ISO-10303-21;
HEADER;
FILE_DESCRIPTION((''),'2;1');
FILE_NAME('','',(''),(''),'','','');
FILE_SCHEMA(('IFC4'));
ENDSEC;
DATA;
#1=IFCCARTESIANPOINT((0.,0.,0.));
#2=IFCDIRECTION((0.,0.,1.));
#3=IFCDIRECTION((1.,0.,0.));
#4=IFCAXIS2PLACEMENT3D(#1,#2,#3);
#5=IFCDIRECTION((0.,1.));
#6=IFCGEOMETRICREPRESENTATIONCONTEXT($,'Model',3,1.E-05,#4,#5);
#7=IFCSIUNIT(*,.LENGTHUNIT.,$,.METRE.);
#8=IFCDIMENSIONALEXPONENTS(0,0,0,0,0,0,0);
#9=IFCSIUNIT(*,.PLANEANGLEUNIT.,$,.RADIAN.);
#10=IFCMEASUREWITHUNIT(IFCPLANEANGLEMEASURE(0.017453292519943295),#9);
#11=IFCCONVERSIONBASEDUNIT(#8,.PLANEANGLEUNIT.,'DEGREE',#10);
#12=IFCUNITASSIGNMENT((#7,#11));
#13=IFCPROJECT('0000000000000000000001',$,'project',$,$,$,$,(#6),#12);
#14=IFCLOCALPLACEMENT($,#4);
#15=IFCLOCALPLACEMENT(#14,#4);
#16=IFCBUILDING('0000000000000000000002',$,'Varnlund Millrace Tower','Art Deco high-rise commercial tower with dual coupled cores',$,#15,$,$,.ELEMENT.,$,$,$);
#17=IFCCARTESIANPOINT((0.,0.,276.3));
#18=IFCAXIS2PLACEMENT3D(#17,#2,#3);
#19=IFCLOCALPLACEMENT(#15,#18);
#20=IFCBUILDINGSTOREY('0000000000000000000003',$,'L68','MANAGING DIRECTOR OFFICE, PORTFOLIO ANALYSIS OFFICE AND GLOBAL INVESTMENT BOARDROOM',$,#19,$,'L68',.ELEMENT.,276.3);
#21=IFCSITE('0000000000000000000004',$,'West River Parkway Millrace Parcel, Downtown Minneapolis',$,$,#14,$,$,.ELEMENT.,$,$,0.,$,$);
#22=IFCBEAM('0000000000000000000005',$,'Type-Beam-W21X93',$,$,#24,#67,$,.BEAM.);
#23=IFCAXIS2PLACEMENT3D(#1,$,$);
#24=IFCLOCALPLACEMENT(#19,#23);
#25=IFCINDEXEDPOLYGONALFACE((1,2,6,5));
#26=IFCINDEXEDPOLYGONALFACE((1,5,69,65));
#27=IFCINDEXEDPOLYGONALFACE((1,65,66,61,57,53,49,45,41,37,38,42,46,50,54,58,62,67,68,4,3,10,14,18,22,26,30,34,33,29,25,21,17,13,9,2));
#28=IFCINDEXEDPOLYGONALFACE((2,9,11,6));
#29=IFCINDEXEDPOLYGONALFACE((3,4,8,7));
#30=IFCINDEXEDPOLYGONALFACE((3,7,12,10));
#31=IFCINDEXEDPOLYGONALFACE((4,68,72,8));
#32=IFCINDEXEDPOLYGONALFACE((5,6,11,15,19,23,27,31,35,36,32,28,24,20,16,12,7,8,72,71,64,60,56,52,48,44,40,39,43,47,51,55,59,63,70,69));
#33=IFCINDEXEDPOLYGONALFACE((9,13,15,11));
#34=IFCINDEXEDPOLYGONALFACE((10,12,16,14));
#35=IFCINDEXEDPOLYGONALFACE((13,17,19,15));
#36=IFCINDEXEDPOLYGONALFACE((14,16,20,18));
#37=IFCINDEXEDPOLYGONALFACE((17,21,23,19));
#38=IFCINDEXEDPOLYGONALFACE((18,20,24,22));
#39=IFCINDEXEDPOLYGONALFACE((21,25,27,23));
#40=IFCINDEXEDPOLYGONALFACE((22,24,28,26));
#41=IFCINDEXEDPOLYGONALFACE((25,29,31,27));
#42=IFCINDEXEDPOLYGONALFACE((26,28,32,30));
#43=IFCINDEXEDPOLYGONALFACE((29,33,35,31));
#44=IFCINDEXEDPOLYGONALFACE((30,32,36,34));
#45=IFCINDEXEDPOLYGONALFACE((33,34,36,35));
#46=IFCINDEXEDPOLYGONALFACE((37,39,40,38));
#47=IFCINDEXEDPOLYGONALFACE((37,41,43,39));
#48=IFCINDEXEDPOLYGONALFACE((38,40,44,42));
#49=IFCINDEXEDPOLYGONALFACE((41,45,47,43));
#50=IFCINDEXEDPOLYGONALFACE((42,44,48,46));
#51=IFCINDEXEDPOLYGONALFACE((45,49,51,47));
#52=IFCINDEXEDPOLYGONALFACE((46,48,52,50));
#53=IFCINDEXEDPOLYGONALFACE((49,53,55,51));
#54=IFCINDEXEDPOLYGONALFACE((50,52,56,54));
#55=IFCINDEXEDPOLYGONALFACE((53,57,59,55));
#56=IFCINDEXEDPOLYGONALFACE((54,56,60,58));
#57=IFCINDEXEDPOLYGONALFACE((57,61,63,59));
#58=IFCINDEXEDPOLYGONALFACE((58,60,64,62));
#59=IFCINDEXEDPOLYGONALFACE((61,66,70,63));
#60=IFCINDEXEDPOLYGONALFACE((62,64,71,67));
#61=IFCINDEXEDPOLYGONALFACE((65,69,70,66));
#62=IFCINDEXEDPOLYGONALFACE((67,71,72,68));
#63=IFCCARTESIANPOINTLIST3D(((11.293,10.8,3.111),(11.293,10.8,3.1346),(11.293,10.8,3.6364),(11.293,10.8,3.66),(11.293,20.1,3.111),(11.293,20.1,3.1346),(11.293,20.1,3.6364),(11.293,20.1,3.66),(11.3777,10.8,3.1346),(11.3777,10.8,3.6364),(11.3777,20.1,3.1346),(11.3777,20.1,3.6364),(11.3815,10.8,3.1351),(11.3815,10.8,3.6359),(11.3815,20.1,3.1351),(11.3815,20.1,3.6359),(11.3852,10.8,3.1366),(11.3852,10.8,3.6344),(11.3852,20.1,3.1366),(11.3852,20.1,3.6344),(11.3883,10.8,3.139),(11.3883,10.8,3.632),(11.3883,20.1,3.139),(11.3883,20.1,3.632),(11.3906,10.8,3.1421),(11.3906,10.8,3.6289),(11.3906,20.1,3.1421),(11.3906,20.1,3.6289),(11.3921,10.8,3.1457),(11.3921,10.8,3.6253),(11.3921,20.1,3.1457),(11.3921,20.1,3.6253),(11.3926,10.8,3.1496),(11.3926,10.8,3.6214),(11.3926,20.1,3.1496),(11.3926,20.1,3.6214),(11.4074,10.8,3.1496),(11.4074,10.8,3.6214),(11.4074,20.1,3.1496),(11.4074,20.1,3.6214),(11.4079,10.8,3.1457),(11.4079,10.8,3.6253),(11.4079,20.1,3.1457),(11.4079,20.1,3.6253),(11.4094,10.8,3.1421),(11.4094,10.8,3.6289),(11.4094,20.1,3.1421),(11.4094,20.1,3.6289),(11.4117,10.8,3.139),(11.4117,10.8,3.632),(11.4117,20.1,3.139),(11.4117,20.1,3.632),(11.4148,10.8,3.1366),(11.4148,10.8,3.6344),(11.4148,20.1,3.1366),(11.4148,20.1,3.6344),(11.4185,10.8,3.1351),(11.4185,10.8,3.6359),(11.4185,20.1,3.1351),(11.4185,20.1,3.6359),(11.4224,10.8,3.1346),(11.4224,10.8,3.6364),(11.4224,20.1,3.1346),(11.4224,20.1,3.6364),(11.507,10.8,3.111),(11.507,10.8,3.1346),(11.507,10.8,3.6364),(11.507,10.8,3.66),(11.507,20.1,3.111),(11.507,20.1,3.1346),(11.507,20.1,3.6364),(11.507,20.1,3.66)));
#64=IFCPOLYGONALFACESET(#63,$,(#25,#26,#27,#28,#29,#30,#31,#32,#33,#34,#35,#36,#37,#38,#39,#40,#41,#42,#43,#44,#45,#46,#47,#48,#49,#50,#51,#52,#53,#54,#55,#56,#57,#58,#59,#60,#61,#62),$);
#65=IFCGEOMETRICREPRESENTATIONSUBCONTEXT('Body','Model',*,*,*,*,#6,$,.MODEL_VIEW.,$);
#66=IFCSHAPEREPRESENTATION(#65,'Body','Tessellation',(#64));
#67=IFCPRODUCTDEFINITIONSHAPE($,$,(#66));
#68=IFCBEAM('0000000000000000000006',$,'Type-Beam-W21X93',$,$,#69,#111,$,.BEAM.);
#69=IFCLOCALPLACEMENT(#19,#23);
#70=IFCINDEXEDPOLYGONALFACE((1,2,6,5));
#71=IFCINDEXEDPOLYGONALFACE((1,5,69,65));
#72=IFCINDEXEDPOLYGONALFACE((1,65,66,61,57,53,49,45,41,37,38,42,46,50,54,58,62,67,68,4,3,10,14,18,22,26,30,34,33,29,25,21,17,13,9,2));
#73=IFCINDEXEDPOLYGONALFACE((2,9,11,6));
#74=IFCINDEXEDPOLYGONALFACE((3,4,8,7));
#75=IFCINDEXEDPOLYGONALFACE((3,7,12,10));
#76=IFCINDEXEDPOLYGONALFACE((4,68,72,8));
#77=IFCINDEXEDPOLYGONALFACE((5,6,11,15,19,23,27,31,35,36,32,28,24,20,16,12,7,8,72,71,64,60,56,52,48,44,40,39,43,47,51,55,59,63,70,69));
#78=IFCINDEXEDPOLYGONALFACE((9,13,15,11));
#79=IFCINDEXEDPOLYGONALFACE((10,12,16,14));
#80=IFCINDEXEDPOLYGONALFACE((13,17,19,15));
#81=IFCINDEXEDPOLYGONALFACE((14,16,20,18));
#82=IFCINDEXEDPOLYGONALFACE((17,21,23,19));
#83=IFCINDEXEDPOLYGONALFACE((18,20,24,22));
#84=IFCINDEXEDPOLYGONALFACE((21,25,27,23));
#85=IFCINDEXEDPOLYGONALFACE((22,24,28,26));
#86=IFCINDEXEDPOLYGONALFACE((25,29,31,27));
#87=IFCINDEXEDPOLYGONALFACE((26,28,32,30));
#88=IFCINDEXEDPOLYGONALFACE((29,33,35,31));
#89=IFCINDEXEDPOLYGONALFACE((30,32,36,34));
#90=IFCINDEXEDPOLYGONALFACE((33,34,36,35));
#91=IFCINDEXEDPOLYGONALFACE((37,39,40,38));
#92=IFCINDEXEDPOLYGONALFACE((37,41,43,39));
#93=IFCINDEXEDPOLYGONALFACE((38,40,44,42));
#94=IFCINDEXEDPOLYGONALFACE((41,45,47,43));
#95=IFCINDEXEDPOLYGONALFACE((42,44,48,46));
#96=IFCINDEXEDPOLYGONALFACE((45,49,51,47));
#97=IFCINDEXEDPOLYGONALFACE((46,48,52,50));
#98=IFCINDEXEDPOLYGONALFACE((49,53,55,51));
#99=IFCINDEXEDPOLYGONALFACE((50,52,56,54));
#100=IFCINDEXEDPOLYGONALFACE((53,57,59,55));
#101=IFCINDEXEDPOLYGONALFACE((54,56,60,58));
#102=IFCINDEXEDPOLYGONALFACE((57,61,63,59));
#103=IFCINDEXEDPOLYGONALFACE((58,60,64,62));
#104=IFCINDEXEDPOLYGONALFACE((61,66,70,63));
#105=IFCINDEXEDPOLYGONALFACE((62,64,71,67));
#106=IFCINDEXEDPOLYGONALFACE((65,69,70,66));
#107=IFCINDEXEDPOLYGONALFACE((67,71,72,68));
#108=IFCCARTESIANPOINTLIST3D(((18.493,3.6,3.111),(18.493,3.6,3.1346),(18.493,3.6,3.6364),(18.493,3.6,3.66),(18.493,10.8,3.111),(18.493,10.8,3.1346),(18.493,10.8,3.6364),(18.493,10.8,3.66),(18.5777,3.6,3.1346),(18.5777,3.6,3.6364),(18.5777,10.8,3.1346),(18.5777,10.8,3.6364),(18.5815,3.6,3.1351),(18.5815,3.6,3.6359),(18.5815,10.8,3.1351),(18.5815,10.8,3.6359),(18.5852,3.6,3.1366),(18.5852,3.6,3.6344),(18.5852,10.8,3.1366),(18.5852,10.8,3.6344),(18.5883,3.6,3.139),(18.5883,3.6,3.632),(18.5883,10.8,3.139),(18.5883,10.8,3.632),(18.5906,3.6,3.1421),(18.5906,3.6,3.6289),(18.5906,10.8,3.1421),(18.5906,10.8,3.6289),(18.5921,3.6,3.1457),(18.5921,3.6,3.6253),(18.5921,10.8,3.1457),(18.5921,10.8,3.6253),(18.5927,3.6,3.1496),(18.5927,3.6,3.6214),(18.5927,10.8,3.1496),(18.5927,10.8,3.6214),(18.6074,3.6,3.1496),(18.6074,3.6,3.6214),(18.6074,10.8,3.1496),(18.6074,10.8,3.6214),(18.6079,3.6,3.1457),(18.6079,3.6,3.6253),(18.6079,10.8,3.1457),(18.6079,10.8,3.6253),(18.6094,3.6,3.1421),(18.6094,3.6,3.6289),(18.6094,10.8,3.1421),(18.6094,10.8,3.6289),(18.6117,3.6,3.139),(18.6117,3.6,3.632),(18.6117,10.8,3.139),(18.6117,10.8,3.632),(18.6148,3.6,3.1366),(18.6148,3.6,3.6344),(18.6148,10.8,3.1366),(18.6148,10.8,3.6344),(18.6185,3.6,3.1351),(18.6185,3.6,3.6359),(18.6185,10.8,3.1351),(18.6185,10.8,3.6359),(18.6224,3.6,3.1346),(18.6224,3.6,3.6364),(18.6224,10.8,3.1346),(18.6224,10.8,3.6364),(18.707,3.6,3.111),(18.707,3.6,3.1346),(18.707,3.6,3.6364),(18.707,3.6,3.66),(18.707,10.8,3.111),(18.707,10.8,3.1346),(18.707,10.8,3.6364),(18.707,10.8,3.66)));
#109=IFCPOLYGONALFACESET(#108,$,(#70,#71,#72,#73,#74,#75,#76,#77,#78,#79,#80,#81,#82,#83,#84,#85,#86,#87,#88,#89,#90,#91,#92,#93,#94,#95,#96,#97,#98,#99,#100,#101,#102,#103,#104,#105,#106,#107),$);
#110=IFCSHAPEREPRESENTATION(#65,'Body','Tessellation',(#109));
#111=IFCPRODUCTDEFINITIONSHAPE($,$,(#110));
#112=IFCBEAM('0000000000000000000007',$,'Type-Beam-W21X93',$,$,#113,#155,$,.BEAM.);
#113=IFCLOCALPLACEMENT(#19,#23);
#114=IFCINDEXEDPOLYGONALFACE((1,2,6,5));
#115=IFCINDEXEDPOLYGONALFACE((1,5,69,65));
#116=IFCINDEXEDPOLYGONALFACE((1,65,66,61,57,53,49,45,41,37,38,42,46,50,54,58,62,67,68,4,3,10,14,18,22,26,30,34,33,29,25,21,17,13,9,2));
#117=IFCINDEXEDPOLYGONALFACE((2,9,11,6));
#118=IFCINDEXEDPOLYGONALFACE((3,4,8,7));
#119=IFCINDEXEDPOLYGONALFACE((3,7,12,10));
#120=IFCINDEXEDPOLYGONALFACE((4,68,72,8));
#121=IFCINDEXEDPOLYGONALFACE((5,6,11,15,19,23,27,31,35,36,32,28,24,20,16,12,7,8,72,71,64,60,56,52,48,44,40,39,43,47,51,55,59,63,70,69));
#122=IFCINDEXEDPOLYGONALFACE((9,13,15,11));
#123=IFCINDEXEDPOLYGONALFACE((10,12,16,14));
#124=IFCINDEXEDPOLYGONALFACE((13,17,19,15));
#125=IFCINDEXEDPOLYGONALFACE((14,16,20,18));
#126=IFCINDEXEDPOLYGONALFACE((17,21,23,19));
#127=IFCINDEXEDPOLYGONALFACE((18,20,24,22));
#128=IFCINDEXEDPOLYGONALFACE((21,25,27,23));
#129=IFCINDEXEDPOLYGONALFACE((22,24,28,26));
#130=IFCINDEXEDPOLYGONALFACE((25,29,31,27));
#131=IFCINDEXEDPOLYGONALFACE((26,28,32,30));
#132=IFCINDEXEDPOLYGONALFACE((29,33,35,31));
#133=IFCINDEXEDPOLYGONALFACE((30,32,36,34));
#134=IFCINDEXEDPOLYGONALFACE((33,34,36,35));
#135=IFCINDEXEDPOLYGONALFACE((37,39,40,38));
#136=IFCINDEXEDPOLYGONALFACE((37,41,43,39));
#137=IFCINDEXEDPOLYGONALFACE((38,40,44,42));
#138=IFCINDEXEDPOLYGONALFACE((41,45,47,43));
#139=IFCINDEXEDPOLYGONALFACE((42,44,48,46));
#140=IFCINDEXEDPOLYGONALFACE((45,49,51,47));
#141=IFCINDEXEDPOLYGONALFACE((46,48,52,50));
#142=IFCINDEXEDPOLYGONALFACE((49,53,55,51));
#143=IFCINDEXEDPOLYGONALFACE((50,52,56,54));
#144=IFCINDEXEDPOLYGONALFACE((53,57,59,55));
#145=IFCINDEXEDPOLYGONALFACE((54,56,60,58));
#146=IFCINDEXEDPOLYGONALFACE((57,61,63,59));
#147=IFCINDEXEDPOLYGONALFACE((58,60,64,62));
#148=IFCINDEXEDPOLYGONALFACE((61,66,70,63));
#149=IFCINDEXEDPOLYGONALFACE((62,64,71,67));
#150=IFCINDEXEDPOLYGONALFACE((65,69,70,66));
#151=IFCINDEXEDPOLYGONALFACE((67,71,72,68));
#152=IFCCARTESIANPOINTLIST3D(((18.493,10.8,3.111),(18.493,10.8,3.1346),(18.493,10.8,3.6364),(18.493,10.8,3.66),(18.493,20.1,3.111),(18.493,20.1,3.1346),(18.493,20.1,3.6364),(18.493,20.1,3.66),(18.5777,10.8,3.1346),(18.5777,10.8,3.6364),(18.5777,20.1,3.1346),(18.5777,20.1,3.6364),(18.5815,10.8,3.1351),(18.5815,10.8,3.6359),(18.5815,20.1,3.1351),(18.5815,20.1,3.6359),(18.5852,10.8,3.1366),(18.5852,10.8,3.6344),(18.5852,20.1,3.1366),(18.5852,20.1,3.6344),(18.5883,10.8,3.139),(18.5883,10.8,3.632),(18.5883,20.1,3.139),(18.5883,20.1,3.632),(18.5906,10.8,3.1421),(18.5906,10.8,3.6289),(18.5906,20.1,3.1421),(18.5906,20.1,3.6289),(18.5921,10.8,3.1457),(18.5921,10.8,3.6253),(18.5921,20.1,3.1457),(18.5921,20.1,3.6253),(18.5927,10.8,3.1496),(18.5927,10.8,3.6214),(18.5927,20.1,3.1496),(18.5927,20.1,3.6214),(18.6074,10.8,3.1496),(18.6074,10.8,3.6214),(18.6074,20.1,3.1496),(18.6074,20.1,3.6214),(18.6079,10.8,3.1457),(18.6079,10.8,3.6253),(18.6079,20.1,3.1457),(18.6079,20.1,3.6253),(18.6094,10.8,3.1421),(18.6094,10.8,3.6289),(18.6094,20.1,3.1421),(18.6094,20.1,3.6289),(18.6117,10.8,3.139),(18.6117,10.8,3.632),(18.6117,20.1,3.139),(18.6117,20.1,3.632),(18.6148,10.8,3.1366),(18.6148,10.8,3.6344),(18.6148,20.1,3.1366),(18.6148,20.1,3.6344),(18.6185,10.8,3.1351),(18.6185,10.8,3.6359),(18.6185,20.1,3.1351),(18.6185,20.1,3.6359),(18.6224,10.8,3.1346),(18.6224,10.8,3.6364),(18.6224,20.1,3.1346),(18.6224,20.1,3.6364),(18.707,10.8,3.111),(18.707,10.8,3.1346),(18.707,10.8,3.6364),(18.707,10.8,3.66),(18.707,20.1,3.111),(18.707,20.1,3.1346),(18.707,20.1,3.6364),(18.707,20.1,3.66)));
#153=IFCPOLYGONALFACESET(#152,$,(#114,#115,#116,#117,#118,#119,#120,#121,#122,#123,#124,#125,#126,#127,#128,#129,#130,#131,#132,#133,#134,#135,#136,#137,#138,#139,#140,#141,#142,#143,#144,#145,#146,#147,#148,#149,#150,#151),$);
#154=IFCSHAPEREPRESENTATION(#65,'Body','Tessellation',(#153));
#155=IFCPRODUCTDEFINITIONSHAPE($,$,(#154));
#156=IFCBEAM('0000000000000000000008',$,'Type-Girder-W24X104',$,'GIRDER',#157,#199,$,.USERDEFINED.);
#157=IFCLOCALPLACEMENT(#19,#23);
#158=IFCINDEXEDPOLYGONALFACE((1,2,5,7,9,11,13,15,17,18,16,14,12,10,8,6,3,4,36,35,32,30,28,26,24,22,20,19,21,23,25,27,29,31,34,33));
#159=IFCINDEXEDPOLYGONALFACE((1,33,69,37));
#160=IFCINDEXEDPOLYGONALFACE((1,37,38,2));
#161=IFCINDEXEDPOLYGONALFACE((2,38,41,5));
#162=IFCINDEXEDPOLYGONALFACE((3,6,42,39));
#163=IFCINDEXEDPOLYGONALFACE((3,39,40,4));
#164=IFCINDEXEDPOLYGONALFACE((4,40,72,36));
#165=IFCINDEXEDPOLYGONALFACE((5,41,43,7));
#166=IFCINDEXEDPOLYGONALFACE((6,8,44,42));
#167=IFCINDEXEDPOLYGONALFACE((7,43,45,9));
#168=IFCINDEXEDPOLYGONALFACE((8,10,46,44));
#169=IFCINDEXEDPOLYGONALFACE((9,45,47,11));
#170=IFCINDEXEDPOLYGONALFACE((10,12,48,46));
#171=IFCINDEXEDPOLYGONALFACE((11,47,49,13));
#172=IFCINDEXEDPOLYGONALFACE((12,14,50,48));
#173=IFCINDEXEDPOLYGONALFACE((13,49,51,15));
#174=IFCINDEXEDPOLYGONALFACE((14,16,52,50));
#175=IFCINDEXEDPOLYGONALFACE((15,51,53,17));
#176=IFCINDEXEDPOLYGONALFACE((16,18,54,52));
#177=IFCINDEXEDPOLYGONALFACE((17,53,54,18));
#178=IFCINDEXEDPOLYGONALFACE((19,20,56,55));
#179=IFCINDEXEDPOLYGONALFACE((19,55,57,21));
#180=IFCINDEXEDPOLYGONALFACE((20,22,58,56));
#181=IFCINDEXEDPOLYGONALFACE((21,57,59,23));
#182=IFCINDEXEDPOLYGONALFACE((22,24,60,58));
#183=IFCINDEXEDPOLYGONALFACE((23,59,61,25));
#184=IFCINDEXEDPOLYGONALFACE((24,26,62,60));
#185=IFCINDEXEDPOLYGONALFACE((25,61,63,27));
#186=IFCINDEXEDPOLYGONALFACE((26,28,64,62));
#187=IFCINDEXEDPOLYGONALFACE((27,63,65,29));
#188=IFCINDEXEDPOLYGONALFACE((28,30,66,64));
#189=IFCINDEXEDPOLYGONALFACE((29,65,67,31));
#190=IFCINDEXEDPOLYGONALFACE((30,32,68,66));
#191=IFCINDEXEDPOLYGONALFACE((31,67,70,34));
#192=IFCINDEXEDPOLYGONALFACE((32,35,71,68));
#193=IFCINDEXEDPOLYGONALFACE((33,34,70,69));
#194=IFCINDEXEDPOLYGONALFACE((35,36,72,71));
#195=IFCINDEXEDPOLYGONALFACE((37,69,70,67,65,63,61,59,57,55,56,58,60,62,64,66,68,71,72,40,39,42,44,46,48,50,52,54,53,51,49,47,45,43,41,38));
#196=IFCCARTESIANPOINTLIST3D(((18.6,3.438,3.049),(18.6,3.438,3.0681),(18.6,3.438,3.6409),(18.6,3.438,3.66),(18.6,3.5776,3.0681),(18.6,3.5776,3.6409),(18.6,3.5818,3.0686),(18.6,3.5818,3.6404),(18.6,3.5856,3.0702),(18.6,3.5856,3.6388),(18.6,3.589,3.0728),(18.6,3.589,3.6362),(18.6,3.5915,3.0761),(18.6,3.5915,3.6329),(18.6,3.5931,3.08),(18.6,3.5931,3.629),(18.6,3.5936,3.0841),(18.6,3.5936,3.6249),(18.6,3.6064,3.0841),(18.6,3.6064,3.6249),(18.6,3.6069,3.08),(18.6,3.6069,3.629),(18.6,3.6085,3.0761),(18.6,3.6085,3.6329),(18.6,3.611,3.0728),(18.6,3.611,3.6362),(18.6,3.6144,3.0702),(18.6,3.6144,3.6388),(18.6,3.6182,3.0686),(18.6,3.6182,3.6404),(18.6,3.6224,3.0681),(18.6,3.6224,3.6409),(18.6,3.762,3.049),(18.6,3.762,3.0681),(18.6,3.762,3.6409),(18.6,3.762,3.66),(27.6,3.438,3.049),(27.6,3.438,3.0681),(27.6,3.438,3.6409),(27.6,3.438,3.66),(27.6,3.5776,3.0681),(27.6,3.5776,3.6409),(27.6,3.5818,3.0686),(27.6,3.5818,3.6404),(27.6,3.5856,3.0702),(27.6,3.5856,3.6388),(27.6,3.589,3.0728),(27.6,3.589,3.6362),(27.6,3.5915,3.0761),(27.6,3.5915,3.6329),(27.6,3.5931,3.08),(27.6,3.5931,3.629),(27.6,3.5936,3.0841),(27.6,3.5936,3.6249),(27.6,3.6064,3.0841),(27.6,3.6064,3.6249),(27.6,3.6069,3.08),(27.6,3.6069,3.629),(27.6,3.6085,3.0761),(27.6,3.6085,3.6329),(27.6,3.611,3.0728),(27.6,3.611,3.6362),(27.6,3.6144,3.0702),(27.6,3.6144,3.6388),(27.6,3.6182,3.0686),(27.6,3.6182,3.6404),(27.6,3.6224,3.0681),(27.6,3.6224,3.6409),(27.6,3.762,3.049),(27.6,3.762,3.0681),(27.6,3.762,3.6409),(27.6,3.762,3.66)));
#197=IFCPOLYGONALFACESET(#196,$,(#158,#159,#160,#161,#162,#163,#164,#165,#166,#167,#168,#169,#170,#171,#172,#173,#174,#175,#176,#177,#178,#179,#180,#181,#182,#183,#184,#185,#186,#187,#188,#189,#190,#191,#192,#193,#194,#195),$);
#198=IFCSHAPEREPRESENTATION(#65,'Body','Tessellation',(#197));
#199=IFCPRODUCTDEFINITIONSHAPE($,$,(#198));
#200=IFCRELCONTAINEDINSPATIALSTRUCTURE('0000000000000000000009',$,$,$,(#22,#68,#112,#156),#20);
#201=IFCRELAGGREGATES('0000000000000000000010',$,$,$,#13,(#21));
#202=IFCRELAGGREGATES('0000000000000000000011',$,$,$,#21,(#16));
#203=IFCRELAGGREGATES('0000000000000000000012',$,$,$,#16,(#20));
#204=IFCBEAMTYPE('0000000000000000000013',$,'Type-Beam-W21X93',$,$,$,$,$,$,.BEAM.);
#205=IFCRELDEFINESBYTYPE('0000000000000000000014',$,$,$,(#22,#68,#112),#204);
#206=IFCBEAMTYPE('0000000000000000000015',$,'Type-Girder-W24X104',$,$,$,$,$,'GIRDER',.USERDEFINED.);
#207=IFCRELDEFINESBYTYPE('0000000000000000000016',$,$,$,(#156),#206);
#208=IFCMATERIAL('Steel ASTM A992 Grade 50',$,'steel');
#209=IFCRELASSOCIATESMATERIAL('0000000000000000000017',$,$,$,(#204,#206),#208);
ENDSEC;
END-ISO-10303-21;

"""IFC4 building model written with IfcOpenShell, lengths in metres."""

from ifc_helpers import new_model, entity, si_unit, converted_unit, direction, frame, origin_with_axes, origin_2d_with_axis, place, context, subcontext, project, spatial, i_section, extrude, material, material_profile, profile_set, type_object, element, save


model = new_model("IFC4")

# Units and contexts
model_context = context("Model", 3, precision=1e-05, world=origin_with_axes(), true_north=direction((0.0, 1.0)))
body_context = subcontext(model_context, "Body", "Model", "MODEL_VIEW")
ifc_project = project(units=[si_unit("LENGTHUNIT", "METRE"), converted_unit("PLANEANGLEUNIT", "DEGREE", entity("IfcPlaneAngleMeasure", 0.017453292519943295), si_unit("PLANEANGLEUNIT", "RADIAN"), dimensions=[0, 0, 0, 0, 0, 0, 0])], contexts=[model_context])

# Site, building, storey
site_placement = place(None, origin_with_axes())
site = spatial("IfcSite", under=ifc_project, at=site_placement, Name="West River Parkway Millrace Parcel, Downtown Minneapolis", CompositionType="ELEMENT", RefElevation=0.0)
building_placement = place(site_placement, origin_with_axes())
building = spatial("IfcBuilding", under=site, at=building_placement, Name="Varnlund Millrace Tower", Description="Art Deco high-rise commercial tower with dual coupled cores", CompositionType="ELEMENT")
storey_placement = place(building_placement, frame((0.0, 0.0, 276.3), z_axis=(0.0, 0.0, 1.0), x_axis=(1.0, 0.0, 0.0)))
storey = spatial("IfcBuildingStorey", under=building, at=storey_placement, Name="L68", Description="MANAGING DIRECTOR OFFICE, PORTFOLIO ANALYSIS OFFICE AND GLOBAL INVESTMENT BOARDROOM", LongName="L68", CompositionType="ELEMENT", Elevation=276.3)

# Beams
ifc_material_1 = material(Name="Steel ASTM A992 Grade 50", Category="steel")
ifc_material_profile_1 = material_profile(ifc_material_1, i_section(OverallWidth=0.214, OverallDepth=0.549, WebThickness=0.0147, FlangeThickness=0.0236, FilletRadius=0.015, at=origin_2d_with_axis()), Name="Steel ASTM A992 Grade 50")
ifc_profile_set_1 = profile_set([ifc_material_profile_1], Name="Steel ASTM A992 Grade 50")
beam_type_1 = type_object("IfcBeamType", Name="Type-Beam-W21X93", PredefinedType="BEAM", material=ifc_profile_set_1)
beam_1_placement = place(storey_placement, frame((11.4, 10.8, 3.3855), z_axis=(0.0, 1.0, 0.0), x_axis=(-1.0, 0.0, 0.0)))
element("IfcBeam", 1, at=beam_1_placement, inside=storey, type_object=beam_type_1, Name="Type-Beam-W21X93", PredefinedType="BEAM", context=body_context, shape_type="SweptSolid", body=[
    extrude(i_section(OverallWidth=0.214, OverallDepth=0.549, WebThickness=0.0147, FlangeThickness=0.0236, FilletRadius=0.015, at=origin_2d_with_axis()), origin_with_axes(), (0.0, 0.0, 1.0), 9.3),
])
beam_2_placement = place(storey_placement, frame((18.6, 3.6, 3.3855), z_axis=(0.0, 1.0, 0.0), x_axis=(-1.0, 0.0, 0.0)))
element("IfcBeam", 2, at=beam_2_placement, inside=storey, type_object=beam_type_1, Name="Type-Beam-W21X93", PredefinedType="BEAM", context=body_context, shape_type="SweptSolid", body=[
    extrude(i_section(OverallWidth=0.214, OverallDepth=0.549, WebThickness=0.0147, FlangeThickness=0.0236, FilletRadius=0.015, at=origin_2d_with_axis()), origin_with_axes(), (0.0, 0.0, 1.0), 7.2),
])
beam_3_placement = place(storey_placement, frame((18.6, 10.8, 3.3855), z_axis=(0.0, 1.0, 0.0), x_axis=(-1.0, 0.0, 0.0)))
element("IfcBeam", 3, at=beam_3_placement, inside=storey, type_object=beam_type_1, Name="Type-Beam-W21X93", PredefinedType="BEAM", context=body_context, shape_type="SweptSolid", body=[
    extrude(i_section(OverallWidth=0.214, OverallDepth=0.549, WebThickness=0.0147, FlangeThickness=0.0236, FilletRadius=0.015, at=origin_2d_with_axis()), origin_with_axes(), (0.0, 0.0, 1.0), 9.3),
])
ifc_material_profile_2 = material_profile(ifc_material_1, i_section(OverallWidth=0.324, OverallDepth=0.611, WebThickness=0.0127, FlangeThickness=0.0191, FilletRadius=0.016, at=origin_2d_with_axis()), Name="Steel ASTM A992 Grade 50")
ifc_profile_set_2 = profile_set([ifc_material_profile_2], Name="Steel ASTM A992 Grade 50")
beam_type_2 = type_object("IfcBeamType", Name="Type-Girder-W24X104", ElementType="GIRDER", PredefinedType="USERDEFINED", material=ifc_profile_set_2)
for number, where, z_axis, x_axis, name in (
    (4, (18.6, 3.6, 3.3545), (1.0, 0.0, 0.0), (0.0, 1.0, 0.0), "Type-Girder-W24X104"),
):
    element("IfcBeam", number, at=place(storey_placement, frame(where, z_axis=z_axis, x_axis=x_axis)), inside=storey, type_object=beam_type_2, Name=name, ObjectType="GIRDER", PredefinedType="USERDEFINED", context=body_context, shape_type="SweptSolid", body=[
        extrude(i_section(OverallWidth=0.324, OverallDepth=0.611, WebThickness=0.0127, FlangeThickness=0.0191, FilletRadius=0.016, at=origin_2d_with_axis()), origin_with_axes(), (0.0, 0.0, 1.0), 9.0),
    ])

save(model, "model.ifc")
